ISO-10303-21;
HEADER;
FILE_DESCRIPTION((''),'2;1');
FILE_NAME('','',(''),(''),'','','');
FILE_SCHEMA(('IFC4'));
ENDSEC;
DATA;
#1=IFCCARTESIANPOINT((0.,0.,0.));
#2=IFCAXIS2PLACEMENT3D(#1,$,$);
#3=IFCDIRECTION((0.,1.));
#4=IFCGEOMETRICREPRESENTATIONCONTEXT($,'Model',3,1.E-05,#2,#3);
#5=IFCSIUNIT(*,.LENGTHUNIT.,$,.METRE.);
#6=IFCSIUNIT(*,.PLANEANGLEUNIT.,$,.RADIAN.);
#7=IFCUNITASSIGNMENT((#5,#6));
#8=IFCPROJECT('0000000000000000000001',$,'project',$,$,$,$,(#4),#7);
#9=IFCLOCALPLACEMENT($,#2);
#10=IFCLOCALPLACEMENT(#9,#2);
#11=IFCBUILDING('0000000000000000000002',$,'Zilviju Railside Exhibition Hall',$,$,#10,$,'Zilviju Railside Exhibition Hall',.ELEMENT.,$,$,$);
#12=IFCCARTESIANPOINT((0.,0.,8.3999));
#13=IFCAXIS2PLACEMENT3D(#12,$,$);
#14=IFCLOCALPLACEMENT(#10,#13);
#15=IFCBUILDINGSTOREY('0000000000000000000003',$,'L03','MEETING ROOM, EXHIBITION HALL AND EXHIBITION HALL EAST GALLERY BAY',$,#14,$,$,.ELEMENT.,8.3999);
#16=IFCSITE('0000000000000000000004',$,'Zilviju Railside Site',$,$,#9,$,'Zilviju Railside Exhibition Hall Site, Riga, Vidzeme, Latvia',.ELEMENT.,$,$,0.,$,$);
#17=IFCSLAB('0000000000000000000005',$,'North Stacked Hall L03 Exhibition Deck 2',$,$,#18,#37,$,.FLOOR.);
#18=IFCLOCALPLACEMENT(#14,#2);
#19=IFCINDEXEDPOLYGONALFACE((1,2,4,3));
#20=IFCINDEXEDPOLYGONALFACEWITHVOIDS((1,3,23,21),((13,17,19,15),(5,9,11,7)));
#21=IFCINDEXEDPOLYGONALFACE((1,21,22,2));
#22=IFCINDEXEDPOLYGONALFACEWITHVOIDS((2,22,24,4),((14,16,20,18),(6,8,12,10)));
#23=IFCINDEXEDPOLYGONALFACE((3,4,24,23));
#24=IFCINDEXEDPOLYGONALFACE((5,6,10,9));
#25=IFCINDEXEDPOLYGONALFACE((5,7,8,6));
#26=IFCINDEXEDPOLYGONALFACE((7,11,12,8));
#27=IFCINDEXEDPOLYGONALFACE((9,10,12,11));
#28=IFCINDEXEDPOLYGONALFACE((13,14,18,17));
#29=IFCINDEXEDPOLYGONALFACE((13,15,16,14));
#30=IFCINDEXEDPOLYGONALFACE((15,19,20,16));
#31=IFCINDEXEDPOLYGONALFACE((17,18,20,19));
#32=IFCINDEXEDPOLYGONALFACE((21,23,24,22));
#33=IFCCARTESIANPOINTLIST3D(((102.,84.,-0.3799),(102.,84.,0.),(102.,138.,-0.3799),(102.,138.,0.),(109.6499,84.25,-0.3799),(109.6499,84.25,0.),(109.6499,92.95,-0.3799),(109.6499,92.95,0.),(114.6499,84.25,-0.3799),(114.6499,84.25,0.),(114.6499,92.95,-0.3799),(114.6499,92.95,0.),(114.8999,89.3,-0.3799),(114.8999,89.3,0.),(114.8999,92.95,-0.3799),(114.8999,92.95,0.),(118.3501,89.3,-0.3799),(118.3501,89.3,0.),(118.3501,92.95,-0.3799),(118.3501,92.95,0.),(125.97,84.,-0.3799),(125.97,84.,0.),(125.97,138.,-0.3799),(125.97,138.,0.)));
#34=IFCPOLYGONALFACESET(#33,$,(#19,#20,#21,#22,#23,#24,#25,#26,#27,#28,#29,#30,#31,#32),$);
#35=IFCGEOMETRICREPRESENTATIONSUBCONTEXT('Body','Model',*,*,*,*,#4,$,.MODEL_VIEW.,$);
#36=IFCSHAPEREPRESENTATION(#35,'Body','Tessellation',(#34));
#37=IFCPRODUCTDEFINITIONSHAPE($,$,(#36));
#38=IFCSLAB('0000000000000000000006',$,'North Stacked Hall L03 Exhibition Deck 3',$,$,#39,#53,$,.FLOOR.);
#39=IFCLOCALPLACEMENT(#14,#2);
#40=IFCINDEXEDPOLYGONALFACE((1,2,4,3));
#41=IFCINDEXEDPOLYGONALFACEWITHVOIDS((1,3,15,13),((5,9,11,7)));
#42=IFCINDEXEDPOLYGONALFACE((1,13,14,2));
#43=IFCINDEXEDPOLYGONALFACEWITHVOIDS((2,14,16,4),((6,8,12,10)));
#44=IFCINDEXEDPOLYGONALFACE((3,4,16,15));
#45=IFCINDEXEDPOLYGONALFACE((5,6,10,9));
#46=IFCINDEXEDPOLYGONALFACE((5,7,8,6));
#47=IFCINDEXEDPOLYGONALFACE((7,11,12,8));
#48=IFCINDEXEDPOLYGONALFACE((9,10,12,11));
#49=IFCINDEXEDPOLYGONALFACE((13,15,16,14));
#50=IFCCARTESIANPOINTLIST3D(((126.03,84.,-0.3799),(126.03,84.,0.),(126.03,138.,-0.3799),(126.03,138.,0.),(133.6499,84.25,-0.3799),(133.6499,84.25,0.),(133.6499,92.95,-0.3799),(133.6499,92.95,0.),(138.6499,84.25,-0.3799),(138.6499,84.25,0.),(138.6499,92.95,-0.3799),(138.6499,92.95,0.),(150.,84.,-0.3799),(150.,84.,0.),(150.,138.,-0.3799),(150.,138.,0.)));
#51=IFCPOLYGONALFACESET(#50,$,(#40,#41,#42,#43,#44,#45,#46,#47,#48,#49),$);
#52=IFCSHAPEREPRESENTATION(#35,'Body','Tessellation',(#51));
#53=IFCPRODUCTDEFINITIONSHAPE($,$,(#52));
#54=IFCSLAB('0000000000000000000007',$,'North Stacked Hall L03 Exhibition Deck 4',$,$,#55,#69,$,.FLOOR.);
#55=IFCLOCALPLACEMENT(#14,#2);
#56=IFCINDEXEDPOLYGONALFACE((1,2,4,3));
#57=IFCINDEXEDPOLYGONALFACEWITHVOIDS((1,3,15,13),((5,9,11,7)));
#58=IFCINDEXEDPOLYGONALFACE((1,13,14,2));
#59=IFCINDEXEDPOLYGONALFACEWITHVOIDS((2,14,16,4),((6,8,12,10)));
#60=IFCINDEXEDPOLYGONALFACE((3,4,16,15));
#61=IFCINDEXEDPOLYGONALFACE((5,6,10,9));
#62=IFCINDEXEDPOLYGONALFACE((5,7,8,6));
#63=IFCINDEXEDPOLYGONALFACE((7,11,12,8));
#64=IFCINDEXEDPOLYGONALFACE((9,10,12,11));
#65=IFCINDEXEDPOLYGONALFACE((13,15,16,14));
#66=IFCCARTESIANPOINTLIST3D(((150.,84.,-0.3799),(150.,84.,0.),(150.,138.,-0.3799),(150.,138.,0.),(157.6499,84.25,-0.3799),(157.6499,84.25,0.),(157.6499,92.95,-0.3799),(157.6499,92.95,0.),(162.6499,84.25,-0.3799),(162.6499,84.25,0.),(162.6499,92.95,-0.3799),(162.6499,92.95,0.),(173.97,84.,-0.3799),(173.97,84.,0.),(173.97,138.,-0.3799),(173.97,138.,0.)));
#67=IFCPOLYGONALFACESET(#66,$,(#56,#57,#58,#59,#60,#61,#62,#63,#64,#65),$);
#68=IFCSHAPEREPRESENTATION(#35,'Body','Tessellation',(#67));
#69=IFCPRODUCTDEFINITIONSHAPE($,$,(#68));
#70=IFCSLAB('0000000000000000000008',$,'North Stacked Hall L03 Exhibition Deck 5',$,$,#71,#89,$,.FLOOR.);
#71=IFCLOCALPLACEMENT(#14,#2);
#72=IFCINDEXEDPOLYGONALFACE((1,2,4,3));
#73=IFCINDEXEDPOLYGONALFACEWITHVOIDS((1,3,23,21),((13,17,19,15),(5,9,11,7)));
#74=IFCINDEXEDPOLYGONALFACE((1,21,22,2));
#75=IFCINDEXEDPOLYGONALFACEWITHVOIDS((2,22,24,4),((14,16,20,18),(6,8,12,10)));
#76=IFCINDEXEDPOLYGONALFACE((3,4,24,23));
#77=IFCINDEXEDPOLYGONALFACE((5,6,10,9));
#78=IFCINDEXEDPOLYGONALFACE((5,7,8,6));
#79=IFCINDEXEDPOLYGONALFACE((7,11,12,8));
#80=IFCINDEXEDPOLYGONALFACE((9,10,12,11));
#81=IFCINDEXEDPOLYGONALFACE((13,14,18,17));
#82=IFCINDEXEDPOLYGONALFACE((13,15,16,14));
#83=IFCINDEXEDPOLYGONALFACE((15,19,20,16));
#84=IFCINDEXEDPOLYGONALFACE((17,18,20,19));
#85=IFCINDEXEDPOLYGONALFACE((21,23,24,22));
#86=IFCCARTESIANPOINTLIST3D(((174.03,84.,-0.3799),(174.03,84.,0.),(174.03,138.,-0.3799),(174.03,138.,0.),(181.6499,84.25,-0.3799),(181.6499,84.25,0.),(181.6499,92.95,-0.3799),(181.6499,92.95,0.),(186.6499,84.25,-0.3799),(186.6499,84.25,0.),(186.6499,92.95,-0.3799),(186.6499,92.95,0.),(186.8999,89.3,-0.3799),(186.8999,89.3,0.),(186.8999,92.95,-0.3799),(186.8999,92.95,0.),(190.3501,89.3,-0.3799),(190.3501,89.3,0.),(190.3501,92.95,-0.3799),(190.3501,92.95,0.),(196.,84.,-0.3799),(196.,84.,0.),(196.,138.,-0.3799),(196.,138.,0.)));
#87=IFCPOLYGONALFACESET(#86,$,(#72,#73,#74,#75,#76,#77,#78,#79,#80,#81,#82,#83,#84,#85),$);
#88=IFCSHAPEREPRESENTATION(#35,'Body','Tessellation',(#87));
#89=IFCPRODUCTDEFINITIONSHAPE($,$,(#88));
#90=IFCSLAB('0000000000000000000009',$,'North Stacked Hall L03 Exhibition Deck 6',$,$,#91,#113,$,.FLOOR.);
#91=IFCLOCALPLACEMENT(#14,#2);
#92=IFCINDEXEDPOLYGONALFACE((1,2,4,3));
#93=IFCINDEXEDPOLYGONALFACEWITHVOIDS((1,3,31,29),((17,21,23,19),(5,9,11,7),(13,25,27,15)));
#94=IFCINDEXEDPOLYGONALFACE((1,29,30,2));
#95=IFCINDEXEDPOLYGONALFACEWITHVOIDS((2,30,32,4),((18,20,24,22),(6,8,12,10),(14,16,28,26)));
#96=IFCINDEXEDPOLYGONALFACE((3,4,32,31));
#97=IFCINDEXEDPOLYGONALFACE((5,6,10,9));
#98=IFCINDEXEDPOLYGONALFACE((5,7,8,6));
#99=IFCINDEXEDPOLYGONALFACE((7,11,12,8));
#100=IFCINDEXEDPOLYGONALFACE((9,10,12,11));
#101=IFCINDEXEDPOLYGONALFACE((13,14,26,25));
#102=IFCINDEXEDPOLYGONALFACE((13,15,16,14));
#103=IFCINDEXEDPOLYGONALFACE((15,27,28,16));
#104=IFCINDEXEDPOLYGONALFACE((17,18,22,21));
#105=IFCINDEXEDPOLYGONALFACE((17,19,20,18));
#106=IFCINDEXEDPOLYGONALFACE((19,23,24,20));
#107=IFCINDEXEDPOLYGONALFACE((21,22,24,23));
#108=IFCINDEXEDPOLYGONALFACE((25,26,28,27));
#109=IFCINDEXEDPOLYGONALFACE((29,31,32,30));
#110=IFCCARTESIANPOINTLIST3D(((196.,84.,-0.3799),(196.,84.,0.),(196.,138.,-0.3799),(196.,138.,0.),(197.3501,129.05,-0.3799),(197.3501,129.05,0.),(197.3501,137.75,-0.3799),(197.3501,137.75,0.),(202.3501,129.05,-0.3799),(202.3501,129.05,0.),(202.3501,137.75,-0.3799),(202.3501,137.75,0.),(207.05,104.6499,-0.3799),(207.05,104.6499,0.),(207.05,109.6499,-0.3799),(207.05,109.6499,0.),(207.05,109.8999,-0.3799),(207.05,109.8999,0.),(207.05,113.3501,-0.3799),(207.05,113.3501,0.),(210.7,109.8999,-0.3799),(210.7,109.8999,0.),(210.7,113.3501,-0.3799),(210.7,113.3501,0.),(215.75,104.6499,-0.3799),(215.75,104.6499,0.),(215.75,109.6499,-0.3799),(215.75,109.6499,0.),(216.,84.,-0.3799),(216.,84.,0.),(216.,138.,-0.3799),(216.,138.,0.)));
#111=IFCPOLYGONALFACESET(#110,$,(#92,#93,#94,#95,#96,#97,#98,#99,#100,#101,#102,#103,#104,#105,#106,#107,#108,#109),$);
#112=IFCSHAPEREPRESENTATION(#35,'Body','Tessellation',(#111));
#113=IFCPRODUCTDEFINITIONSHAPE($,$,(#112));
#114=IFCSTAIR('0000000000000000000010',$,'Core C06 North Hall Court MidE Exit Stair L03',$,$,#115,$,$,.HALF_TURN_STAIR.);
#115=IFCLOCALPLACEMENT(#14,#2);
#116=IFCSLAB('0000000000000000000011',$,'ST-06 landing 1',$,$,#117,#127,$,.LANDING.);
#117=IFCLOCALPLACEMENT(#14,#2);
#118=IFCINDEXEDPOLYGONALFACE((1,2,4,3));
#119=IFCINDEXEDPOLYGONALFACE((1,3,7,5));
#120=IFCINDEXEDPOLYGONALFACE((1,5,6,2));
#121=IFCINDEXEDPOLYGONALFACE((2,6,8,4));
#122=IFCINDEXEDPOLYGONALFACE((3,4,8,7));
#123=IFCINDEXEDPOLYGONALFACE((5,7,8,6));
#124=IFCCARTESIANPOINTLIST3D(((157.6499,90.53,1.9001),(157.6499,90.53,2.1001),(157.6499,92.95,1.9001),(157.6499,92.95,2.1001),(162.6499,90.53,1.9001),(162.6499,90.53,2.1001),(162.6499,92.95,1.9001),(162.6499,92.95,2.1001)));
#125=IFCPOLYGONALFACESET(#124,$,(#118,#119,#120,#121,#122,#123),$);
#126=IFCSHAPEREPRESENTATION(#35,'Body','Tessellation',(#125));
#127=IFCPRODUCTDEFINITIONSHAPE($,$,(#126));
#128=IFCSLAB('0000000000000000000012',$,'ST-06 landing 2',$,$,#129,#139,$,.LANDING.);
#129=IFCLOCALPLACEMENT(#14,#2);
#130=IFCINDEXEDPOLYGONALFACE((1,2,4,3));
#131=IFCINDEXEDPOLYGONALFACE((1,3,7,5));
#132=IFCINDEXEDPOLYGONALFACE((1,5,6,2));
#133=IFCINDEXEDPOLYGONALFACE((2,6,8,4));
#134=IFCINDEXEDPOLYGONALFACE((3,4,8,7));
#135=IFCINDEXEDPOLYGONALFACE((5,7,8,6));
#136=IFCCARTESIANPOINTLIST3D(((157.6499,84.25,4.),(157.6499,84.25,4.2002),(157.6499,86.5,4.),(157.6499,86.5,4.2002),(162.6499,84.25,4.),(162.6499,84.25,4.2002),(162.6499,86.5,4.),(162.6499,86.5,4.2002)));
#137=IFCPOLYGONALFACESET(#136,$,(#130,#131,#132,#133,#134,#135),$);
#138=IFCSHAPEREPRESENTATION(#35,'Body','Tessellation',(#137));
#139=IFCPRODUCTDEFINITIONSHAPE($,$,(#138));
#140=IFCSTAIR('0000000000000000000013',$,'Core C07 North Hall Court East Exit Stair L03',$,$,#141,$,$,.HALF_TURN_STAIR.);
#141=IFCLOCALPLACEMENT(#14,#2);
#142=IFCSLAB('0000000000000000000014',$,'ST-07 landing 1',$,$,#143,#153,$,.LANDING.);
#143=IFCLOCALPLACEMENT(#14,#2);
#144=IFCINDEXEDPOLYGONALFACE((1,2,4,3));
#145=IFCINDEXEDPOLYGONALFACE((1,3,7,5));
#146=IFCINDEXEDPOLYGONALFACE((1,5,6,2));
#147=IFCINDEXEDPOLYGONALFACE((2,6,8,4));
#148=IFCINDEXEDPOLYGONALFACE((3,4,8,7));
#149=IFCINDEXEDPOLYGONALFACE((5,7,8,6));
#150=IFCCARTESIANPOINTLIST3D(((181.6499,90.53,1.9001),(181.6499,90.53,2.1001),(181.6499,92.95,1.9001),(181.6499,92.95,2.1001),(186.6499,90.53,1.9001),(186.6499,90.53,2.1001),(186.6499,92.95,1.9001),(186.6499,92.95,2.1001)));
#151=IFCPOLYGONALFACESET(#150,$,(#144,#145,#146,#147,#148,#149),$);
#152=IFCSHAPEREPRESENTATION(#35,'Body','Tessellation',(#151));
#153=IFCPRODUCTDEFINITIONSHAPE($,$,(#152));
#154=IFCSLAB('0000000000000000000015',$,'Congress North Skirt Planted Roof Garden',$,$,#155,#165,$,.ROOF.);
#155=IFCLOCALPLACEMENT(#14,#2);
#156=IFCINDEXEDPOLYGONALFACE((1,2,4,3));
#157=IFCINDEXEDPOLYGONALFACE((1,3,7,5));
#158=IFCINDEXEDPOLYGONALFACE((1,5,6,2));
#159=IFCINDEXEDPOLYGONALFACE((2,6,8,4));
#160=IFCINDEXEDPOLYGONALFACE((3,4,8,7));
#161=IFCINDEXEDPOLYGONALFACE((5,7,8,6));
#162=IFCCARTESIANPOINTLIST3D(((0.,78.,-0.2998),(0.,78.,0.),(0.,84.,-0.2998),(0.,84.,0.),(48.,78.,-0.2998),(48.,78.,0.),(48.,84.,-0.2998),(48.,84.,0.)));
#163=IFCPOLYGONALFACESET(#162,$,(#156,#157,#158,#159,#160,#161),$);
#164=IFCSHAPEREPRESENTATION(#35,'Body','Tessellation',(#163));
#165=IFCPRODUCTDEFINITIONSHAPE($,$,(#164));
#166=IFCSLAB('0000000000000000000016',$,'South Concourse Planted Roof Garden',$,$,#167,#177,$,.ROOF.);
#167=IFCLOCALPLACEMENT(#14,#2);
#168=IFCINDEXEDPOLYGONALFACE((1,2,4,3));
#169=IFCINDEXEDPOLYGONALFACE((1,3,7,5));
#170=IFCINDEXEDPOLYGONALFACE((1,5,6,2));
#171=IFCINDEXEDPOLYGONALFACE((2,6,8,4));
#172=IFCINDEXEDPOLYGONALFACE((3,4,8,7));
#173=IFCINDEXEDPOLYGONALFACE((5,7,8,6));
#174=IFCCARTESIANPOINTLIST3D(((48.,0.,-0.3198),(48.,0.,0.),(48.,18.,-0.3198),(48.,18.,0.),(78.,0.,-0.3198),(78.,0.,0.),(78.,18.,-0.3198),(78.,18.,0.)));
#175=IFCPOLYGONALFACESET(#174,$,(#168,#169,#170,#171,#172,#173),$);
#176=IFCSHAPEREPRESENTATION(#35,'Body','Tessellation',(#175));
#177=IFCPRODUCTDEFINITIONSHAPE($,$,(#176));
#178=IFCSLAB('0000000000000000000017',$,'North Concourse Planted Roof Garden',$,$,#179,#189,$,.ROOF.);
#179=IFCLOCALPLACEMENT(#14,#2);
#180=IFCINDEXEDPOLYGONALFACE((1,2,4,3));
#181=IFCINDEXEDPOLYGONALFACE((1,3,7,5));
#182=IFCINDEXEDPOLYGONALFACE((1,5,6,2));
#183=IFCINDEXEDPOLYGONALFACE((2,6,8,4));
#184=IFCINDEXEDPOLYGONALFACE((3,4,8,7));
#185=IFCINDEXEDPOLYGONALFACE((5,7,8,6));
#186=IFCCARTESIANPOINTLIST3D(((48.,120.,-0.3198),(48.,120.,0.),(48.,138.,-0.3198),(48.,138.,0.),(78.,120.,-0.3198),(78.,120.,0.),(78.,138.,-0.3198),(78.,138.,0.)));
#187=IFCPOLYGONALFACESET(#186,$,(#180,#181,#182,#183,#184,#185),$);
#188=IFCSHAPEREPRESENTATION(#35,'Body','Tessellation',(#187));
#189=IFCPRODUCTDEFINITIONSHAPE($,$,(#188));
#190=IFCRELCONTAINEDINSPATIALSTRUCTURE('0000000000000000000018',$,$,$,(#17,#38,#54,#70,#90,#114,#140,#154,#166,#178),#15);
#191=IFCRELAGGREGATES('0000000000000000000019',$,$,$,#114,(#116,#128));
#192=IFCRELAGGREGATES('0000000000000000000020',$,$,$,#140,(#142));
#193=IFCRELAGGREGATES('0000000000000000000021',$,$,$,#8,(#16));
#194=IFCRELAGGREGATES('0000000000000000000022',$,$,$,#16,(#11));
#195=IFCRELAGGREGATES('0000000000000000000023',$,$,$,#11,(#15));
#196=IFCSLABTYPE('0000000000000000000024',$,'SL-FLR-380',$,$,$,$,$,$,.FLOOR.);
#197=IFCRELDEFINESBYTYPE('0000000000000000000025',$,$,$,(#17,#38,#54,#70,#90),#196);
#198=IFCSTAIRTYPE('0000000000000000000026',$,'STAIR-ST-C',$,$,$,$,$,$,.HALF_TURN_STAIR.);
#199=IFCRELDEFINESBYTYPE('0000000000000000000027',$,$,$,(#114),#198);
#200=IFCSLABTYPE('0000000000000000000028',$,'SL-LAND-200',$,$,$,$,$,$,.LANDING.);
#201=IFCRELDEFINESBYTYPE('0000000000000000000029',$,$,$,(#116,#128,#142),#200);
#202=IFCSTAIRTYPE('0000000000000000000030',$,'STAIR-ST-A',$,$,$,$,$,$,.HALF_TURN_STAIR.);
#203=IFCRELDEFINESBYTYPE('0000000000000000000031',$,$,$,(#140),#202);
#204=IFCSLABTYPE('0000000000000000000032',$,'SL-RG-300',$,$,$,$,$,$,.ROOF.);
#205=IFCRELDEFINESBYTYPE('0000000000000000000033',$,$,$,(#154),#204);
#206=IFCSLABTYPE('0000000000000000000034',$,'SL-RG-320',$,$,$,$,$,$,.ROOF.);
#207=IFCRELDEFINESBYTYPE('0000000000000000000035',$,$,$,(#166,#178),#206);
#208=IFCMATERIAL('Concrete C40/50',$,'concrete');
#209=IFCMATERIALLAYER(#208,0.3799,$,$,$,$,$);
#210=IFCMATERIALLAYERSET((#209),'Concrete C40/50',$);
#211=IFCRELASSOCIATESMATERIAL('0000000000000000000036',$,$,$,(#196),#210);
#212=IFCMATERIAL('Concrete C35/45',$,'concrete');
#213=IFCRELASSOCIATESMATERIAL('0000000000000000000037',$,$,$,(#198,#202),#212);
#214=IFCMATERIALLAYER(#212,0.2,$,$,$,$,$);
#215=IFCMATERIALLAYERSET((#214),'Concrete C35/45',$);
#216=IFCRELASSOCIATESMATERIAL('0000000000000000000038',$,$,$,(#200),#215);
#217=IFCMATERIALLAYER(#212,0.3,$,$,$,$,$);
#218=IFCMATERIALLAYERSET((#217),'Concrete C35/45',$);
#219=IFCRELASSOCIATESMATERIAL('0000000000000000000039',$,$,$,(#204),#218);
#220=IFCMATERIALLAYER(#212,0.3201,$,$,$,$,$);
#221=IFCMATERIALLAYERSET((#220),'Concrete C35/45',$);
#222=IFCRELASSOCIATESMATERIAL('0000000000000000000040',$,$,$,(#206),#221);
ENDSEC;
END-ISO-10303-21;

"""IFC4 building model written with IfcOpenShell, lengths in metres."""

from ifc_helpers import new_model, si_unit, direction, frame, origin, place, context, subcontext, project, spatial, polyline, outline, extrude, material, layer, layer_set, type_object, element, aggregate, save


model = new_model("IFC4")

# Units and contexts
model_context = context("Model", 3, precision=1e-05, world=origin(), true_north=direction((0.0, 1.0)))
body_context = subcontext(model_context, "Body", "Model", "MODEL_VIEW")
ifc_project = project(units=[si_unit("LENGTHUNIT", "METRE"), si_unit("PLANEANGLEUNIT", "RADIAN")], contexts=[model_context])

# Site, building, storey
site_placement = place(None, origin())
site = spatial("IfcSite", under=ifc_project, at=site_placement, Name="Zilviju Railside Site", LongName="Zilviju Railside Exhibition Hall Site, Riga, Vidzeme, Latvia", CompositionType="ELEMENT", RefElevation=0.0)
building_placement = place(site_placement, origin())
building = spatial("IfcBuilding", under=site, at=building_placement, Name="Zilviju Railside Exhibition Hall", LongName="Zilviju Railside Exhibition Hall", CompositionType="ELEMENT")
storey_placement = place(building_placement, frame((0.0, 0.0, 8.3999)))
storey = spatial("IfcBuildingStorey", under=building, at=storey_placement, Name="L03", Description="MEETING ROOM, EXHIBITION HALL AND EXHIBITION HALL EAST GALLERY BAY", CompositionType="ELEMENT", Elevation=8.3999)

# Slabs
ifc_material_1 = material(Name="Concrete C35/45", Category="concrete")
ifc_material_2 = material(Name="Concrete C40/50", Category="concrete")
ifc_layer_1 = layer(ifc_material_2, 0.3799)
ifc_layer_set_1 = layer_set([ifc_layer_1], Name="Concrete C40/50")
slab_type_1 = type_object("IfcSlabType", Name="SL-FLR-380", PredefinedType="FLOOR", material=ifc_layer_set_1)
slab_1_placement = place(storey_placement, frame((0.0, 0.0, -0.3799)))
element("IfcSlab", 1, at=slab_1_placement, inside=storey, type_object=slab_type_1, Name="North Stacked Hall L03 Exhibition Deck 2", PredefinedType="FLOOR", context=body_context, shape_type="SweptSolid", body=[
    extrude(outline(polyline([(102.0, 84.0), (125.97, 84.0), (125.97, 138.0), (102.0, 138.0), (102.0, 84.0)]), holes=[polyline([(109.6499, 84.25), (114.6499, 84.25), (114.6499, 92.95), (109.6499, 92.95), (109.6499, 84.25)]), polyline([(114.8999, 89.3), (118.3501, 89.3), (118.3501, 92.95), (114.8999, 92.95), (114.8999, 89.3)])]), origin(), (0.0, 0.0, 1.0), 0.3799),
])
slab_2_placement = place(storey_placement, frame((0.0, 0.0, -0.3799)))
element("IfcSlab", 2, at=slab_2_placement, inside=storey, type_object=slab_type_1, Name="North Stacked Hall L03 Exhibition Deck 3", PredefinedType="FLOOR", context=body_context, shape_type="SweptSolid", body=[
    extrude(outline(polyline([(126.03, 84.0), (150.0, 84.0), (150.0, 138.0), (126.03, 138.0), (126.03, 84.0)]), holes=[polyline([(133.6499, 84.25), (138.6499, 84.25), (138.6499, 92.95), (133.6499, 92.95), (133.6499, 84.25)])]), origin(), (0.0, 0.0, 1.0), 0.3799),
])
slab_3_placement = place(storey_placement, frame((0.0, 0.0, -0.3799)))
element("IfcSlab", 3, at=slab_3_placement, inside=storey, type_object=slab_type_1, Name="North Stacked Hall L03 Exhibition Deck 4", PredefinedType="FLOOR", context=body_context, shape_type="SweptSolid", body=[
    extrude(outline(polyline([(150.0, 84.0), (173.97, 84.0), (173.97, 138.0), (150.0, 138.0), (150.0, 84.0)]), holes=[polyline([(157.6499, 84.25), (162.6499, 84.25), (162.6499, 92.95), (157.6499, 92.95), (157.6499, 84.25)])]), origin(), (0.0, 0.0, 1.0), 0.3799),
])
slab_4_placement = place(storey_placement, frame((0.0, 0.0, -0.3799)))
element("IfcSlab", 4, at=slab_4_placement, inside=storey, type_object=slab_type_1, Name="North Stacked Hall L03 Exhibition Deck 5", PredefinedType="FLOOR", context=body_context, shape_type="SweptSolid", body=[
    extrude(outline(polyline([(174.03, 84.0), (196.0, 84.0), (196.0, 138.0), (174.03, 138.0), (174.03, 84.0)]), holes=[polyline([(181.6499, 84.25), (186.6499, 84.25), (186.6499, 92.95), (181.6499, 92.95), (181.6499, 84.25)]), polyline([(186.8999, 89.3), (190.3501, 89.3), (190.3501, 92.95), (186.8999, 92.95), (186.8999, 89.3)])]), origin(), (0.0, 0.0, 1.0), 0.3799),
])
slab_5_placement = place(storey_placement, frame((0.0, 0.0, -0.3799)))
element("IfcSlab", 5, at=slab_5_placement, inside=storey, type_object=slab_type_1, Name="North Stacked Hall L03 Exhibition Deck 6", PredefinedType="FLOOR", context=body_context, shape_type="SweptSolid", body=[
    extrude(outline(polyline([(196.0, 84.0), (216.0, 84.0), (216.0, 138.0), (196.0, 138.0), (196.0, 84.0)]), holes=[polyline([(197.3501, 129.05), (202.3501, 129.05), (202.3501, 137.75), (197.3501, 137.75), (197.3501, 129.05)]), polyline([(207.05, 104.6499), (215.75, 104.6499), (215.75, 109.6499), (207.05, 109.6499), (207.05, 104.6499)]), polyline([(207.05, 109.8999), (210.7, 109.8999), (210.7, 113.3501), (207.05, 113.3501), (207.05, 109.8999)])]), origin(), (0.0, 0.0, 1.0), 0.3799),
])

# Stair, slabs
stair_type_1 = type_object("IfcStairType", Name="STAIR-ST-C", PredefinedType="HALF_TURN_STAIR", material=ifc_material_1)
stair_1_placement = place(storey_placement, origin())
stair_1 = element("IfcStair", 6, at=stair_1_placement, inside=storey, type_object=stair_type_1, Name="Core C06 North Hall Court MidE Exit Stair L03", PredefinedType="HALF_TURN_STAIR")
ifc_layer_2 = layer(ifc_material_1, 0.2)
ifc_layer_set_2 = layer_set([ifc_layer_2], Name="Concrete C35/45")
slab_type_2 = type_object("IfcSlabType", Name="SL-LAND-200", PredefinedType="LANDING", material=ifc_layer_set_2)
slab_6_placement = place(storey_placement, frame((0.0, 0.0, 1.9001)))
slab_6 = element("IfcSlab", 7, at=slab_6_placement, type_object=slab_type_2, Name="ST-06 landing 1", PredefinedType="LANDING", context=body_context, shape_type="SweptSolid", body=[
    extrude(outline(polyline([(157.6499, 90.53), (162.6499, 90.53), (162.6499, 92.95), (157.6499, 92.95), (157.6499, 90.53)])), origin(), (0.0, 0.0, 1.0), 0.2),
])
slab_7_placement = place(storey_placement, frame((0.0, 0.0, 4.0)))
slab_7 = element("IfcSlab", 8, at=slab_7_placement, type_object=slab_type_2, Name="ST-06 landing 2", PredefinedType="LANDING", context=body_context, shape_type="SweptSolid", body=[
    extrude(outline(polyline([(157.6499, 84.25), (162.6499, 84.25), (162.6499, 86.5), (157.6499, 86.5), (157.6499, 84.25)])), origin(), (0.0, 0.0, 1.0), 0.2002),
])
aggregate(stair_1, [slab_6, slab_7])

# Stair, slab
stair_type_2 = type_object("IfcStairType", Name="STAIR-ST-A", PredefinedType="HALF_TURN_STAIR", material=ifc_material_1)
stair_2_placement = place(storey_placement, origin())
stair_2 = element("IfcStair", 9, at=stair_2_placement, inside=storey, type_object=stair_type_2, Name="Core C07 North Hall Court East Exit Stair L03", PredefinedType="HALF_TURN_STAIR")
slab_8_placement = place(storey_placement, frame((0.0, 0.0, 1.9001)))
slab_8 = element("IfcSlab", 10, at=slab_8_placement, type_object=slab_type_2, Name="ST-07 landing 1", PredefinedType="LANDING", context=body_context, shape_type="SweptSolid", body=[
    extrude(outline(polyline([(181.6499, 90.53), (186.6499, 90.53), (186.6499, 92.95), (181.6499, 92.95), (181.6499, 90.53)])), origin(), (0.0, 0.0, 1.0), 0.2),
])
aggregate(stair_2, [slab_8])

# Slabs
ifc_layer_3 = layer(ifc_material_1, 0.3)
ifc_layer_set_3 = layer_set([ifc_layer_3], Name="Concrete C35/45")
slab_type_3 = type_object("IfcSlabType", Name="SL-RG-300", PredefinedType="ROOF", material=ifc_layer_set_3)
slab_9_placement = place(storey_placement, frame((0.0, 0.0, -0.2998)))
element("IfcSlab", 11, at=slab_9_placement, inside=storey, type_object=slab_type_3, Name="Congress North Skirt Planted Roof Garden", PredefinedType="ROOF", context=body_context, shape_type="SweptSolid", body=[
    extrude(outline(polyline([(0.0, 78.0), (48.0, 78.0), (48.0, 84.0), (0.0, 84.0), (0.0, 78.0)])), origin(), (0.0, 0.0, 1.0), 0.2998),
])
ifc_layer_4 = layer(ifc_material_1, 0.3201)
ifc_layer_set_4 = layer_set([ifc_layer_4], Name="Concrete C35/45")
slab_type_4 = type_object("IfcSlabType", Name="SL-RG-320", PredefinedType="ROOF", material=ifc_layer_set_4)
slab_10_placement = place(storey_placement, frame((0.0, 0.0, -0.3198)))
element("IfcSlab", 12, at=slab_10_placement, inside=storey, type_object=slab_type_4, Name="South Concourse Planted Roof Garden", PredefinedType="ROOF", context=body_context, shape_type="SweptSolid", body=[
    extrude(outline(polyline([(48.0, 0.0), (78.0, 0.0), (78.0, 18.0), (48.0, 18.0), (48.0, 0.0)])), origin(), (0.0, 0.0, 1.0), 0.3198),
])
slab_11_placement = place(storey_placement, frame((0.0, 0.0, -0.3198)))
element("IfcSlab", 13, at=slab_11_placement, inside=storey, type_object=slab_type_4, Name="North Concourse Planted Roof Garden", PredefinedType="ROOF", context=body_context, shape_type="SweptSolid", body=[
    extrude(outline(polyline([(48.0, 120.0), (78.0, 120.0), (78.0, 138.0), (48.0, 138.0), (48.0, 120.0)])), origin(), (0.0, 0.0, 1.0), 0.3198),
])

save(model, "model.ifc")
